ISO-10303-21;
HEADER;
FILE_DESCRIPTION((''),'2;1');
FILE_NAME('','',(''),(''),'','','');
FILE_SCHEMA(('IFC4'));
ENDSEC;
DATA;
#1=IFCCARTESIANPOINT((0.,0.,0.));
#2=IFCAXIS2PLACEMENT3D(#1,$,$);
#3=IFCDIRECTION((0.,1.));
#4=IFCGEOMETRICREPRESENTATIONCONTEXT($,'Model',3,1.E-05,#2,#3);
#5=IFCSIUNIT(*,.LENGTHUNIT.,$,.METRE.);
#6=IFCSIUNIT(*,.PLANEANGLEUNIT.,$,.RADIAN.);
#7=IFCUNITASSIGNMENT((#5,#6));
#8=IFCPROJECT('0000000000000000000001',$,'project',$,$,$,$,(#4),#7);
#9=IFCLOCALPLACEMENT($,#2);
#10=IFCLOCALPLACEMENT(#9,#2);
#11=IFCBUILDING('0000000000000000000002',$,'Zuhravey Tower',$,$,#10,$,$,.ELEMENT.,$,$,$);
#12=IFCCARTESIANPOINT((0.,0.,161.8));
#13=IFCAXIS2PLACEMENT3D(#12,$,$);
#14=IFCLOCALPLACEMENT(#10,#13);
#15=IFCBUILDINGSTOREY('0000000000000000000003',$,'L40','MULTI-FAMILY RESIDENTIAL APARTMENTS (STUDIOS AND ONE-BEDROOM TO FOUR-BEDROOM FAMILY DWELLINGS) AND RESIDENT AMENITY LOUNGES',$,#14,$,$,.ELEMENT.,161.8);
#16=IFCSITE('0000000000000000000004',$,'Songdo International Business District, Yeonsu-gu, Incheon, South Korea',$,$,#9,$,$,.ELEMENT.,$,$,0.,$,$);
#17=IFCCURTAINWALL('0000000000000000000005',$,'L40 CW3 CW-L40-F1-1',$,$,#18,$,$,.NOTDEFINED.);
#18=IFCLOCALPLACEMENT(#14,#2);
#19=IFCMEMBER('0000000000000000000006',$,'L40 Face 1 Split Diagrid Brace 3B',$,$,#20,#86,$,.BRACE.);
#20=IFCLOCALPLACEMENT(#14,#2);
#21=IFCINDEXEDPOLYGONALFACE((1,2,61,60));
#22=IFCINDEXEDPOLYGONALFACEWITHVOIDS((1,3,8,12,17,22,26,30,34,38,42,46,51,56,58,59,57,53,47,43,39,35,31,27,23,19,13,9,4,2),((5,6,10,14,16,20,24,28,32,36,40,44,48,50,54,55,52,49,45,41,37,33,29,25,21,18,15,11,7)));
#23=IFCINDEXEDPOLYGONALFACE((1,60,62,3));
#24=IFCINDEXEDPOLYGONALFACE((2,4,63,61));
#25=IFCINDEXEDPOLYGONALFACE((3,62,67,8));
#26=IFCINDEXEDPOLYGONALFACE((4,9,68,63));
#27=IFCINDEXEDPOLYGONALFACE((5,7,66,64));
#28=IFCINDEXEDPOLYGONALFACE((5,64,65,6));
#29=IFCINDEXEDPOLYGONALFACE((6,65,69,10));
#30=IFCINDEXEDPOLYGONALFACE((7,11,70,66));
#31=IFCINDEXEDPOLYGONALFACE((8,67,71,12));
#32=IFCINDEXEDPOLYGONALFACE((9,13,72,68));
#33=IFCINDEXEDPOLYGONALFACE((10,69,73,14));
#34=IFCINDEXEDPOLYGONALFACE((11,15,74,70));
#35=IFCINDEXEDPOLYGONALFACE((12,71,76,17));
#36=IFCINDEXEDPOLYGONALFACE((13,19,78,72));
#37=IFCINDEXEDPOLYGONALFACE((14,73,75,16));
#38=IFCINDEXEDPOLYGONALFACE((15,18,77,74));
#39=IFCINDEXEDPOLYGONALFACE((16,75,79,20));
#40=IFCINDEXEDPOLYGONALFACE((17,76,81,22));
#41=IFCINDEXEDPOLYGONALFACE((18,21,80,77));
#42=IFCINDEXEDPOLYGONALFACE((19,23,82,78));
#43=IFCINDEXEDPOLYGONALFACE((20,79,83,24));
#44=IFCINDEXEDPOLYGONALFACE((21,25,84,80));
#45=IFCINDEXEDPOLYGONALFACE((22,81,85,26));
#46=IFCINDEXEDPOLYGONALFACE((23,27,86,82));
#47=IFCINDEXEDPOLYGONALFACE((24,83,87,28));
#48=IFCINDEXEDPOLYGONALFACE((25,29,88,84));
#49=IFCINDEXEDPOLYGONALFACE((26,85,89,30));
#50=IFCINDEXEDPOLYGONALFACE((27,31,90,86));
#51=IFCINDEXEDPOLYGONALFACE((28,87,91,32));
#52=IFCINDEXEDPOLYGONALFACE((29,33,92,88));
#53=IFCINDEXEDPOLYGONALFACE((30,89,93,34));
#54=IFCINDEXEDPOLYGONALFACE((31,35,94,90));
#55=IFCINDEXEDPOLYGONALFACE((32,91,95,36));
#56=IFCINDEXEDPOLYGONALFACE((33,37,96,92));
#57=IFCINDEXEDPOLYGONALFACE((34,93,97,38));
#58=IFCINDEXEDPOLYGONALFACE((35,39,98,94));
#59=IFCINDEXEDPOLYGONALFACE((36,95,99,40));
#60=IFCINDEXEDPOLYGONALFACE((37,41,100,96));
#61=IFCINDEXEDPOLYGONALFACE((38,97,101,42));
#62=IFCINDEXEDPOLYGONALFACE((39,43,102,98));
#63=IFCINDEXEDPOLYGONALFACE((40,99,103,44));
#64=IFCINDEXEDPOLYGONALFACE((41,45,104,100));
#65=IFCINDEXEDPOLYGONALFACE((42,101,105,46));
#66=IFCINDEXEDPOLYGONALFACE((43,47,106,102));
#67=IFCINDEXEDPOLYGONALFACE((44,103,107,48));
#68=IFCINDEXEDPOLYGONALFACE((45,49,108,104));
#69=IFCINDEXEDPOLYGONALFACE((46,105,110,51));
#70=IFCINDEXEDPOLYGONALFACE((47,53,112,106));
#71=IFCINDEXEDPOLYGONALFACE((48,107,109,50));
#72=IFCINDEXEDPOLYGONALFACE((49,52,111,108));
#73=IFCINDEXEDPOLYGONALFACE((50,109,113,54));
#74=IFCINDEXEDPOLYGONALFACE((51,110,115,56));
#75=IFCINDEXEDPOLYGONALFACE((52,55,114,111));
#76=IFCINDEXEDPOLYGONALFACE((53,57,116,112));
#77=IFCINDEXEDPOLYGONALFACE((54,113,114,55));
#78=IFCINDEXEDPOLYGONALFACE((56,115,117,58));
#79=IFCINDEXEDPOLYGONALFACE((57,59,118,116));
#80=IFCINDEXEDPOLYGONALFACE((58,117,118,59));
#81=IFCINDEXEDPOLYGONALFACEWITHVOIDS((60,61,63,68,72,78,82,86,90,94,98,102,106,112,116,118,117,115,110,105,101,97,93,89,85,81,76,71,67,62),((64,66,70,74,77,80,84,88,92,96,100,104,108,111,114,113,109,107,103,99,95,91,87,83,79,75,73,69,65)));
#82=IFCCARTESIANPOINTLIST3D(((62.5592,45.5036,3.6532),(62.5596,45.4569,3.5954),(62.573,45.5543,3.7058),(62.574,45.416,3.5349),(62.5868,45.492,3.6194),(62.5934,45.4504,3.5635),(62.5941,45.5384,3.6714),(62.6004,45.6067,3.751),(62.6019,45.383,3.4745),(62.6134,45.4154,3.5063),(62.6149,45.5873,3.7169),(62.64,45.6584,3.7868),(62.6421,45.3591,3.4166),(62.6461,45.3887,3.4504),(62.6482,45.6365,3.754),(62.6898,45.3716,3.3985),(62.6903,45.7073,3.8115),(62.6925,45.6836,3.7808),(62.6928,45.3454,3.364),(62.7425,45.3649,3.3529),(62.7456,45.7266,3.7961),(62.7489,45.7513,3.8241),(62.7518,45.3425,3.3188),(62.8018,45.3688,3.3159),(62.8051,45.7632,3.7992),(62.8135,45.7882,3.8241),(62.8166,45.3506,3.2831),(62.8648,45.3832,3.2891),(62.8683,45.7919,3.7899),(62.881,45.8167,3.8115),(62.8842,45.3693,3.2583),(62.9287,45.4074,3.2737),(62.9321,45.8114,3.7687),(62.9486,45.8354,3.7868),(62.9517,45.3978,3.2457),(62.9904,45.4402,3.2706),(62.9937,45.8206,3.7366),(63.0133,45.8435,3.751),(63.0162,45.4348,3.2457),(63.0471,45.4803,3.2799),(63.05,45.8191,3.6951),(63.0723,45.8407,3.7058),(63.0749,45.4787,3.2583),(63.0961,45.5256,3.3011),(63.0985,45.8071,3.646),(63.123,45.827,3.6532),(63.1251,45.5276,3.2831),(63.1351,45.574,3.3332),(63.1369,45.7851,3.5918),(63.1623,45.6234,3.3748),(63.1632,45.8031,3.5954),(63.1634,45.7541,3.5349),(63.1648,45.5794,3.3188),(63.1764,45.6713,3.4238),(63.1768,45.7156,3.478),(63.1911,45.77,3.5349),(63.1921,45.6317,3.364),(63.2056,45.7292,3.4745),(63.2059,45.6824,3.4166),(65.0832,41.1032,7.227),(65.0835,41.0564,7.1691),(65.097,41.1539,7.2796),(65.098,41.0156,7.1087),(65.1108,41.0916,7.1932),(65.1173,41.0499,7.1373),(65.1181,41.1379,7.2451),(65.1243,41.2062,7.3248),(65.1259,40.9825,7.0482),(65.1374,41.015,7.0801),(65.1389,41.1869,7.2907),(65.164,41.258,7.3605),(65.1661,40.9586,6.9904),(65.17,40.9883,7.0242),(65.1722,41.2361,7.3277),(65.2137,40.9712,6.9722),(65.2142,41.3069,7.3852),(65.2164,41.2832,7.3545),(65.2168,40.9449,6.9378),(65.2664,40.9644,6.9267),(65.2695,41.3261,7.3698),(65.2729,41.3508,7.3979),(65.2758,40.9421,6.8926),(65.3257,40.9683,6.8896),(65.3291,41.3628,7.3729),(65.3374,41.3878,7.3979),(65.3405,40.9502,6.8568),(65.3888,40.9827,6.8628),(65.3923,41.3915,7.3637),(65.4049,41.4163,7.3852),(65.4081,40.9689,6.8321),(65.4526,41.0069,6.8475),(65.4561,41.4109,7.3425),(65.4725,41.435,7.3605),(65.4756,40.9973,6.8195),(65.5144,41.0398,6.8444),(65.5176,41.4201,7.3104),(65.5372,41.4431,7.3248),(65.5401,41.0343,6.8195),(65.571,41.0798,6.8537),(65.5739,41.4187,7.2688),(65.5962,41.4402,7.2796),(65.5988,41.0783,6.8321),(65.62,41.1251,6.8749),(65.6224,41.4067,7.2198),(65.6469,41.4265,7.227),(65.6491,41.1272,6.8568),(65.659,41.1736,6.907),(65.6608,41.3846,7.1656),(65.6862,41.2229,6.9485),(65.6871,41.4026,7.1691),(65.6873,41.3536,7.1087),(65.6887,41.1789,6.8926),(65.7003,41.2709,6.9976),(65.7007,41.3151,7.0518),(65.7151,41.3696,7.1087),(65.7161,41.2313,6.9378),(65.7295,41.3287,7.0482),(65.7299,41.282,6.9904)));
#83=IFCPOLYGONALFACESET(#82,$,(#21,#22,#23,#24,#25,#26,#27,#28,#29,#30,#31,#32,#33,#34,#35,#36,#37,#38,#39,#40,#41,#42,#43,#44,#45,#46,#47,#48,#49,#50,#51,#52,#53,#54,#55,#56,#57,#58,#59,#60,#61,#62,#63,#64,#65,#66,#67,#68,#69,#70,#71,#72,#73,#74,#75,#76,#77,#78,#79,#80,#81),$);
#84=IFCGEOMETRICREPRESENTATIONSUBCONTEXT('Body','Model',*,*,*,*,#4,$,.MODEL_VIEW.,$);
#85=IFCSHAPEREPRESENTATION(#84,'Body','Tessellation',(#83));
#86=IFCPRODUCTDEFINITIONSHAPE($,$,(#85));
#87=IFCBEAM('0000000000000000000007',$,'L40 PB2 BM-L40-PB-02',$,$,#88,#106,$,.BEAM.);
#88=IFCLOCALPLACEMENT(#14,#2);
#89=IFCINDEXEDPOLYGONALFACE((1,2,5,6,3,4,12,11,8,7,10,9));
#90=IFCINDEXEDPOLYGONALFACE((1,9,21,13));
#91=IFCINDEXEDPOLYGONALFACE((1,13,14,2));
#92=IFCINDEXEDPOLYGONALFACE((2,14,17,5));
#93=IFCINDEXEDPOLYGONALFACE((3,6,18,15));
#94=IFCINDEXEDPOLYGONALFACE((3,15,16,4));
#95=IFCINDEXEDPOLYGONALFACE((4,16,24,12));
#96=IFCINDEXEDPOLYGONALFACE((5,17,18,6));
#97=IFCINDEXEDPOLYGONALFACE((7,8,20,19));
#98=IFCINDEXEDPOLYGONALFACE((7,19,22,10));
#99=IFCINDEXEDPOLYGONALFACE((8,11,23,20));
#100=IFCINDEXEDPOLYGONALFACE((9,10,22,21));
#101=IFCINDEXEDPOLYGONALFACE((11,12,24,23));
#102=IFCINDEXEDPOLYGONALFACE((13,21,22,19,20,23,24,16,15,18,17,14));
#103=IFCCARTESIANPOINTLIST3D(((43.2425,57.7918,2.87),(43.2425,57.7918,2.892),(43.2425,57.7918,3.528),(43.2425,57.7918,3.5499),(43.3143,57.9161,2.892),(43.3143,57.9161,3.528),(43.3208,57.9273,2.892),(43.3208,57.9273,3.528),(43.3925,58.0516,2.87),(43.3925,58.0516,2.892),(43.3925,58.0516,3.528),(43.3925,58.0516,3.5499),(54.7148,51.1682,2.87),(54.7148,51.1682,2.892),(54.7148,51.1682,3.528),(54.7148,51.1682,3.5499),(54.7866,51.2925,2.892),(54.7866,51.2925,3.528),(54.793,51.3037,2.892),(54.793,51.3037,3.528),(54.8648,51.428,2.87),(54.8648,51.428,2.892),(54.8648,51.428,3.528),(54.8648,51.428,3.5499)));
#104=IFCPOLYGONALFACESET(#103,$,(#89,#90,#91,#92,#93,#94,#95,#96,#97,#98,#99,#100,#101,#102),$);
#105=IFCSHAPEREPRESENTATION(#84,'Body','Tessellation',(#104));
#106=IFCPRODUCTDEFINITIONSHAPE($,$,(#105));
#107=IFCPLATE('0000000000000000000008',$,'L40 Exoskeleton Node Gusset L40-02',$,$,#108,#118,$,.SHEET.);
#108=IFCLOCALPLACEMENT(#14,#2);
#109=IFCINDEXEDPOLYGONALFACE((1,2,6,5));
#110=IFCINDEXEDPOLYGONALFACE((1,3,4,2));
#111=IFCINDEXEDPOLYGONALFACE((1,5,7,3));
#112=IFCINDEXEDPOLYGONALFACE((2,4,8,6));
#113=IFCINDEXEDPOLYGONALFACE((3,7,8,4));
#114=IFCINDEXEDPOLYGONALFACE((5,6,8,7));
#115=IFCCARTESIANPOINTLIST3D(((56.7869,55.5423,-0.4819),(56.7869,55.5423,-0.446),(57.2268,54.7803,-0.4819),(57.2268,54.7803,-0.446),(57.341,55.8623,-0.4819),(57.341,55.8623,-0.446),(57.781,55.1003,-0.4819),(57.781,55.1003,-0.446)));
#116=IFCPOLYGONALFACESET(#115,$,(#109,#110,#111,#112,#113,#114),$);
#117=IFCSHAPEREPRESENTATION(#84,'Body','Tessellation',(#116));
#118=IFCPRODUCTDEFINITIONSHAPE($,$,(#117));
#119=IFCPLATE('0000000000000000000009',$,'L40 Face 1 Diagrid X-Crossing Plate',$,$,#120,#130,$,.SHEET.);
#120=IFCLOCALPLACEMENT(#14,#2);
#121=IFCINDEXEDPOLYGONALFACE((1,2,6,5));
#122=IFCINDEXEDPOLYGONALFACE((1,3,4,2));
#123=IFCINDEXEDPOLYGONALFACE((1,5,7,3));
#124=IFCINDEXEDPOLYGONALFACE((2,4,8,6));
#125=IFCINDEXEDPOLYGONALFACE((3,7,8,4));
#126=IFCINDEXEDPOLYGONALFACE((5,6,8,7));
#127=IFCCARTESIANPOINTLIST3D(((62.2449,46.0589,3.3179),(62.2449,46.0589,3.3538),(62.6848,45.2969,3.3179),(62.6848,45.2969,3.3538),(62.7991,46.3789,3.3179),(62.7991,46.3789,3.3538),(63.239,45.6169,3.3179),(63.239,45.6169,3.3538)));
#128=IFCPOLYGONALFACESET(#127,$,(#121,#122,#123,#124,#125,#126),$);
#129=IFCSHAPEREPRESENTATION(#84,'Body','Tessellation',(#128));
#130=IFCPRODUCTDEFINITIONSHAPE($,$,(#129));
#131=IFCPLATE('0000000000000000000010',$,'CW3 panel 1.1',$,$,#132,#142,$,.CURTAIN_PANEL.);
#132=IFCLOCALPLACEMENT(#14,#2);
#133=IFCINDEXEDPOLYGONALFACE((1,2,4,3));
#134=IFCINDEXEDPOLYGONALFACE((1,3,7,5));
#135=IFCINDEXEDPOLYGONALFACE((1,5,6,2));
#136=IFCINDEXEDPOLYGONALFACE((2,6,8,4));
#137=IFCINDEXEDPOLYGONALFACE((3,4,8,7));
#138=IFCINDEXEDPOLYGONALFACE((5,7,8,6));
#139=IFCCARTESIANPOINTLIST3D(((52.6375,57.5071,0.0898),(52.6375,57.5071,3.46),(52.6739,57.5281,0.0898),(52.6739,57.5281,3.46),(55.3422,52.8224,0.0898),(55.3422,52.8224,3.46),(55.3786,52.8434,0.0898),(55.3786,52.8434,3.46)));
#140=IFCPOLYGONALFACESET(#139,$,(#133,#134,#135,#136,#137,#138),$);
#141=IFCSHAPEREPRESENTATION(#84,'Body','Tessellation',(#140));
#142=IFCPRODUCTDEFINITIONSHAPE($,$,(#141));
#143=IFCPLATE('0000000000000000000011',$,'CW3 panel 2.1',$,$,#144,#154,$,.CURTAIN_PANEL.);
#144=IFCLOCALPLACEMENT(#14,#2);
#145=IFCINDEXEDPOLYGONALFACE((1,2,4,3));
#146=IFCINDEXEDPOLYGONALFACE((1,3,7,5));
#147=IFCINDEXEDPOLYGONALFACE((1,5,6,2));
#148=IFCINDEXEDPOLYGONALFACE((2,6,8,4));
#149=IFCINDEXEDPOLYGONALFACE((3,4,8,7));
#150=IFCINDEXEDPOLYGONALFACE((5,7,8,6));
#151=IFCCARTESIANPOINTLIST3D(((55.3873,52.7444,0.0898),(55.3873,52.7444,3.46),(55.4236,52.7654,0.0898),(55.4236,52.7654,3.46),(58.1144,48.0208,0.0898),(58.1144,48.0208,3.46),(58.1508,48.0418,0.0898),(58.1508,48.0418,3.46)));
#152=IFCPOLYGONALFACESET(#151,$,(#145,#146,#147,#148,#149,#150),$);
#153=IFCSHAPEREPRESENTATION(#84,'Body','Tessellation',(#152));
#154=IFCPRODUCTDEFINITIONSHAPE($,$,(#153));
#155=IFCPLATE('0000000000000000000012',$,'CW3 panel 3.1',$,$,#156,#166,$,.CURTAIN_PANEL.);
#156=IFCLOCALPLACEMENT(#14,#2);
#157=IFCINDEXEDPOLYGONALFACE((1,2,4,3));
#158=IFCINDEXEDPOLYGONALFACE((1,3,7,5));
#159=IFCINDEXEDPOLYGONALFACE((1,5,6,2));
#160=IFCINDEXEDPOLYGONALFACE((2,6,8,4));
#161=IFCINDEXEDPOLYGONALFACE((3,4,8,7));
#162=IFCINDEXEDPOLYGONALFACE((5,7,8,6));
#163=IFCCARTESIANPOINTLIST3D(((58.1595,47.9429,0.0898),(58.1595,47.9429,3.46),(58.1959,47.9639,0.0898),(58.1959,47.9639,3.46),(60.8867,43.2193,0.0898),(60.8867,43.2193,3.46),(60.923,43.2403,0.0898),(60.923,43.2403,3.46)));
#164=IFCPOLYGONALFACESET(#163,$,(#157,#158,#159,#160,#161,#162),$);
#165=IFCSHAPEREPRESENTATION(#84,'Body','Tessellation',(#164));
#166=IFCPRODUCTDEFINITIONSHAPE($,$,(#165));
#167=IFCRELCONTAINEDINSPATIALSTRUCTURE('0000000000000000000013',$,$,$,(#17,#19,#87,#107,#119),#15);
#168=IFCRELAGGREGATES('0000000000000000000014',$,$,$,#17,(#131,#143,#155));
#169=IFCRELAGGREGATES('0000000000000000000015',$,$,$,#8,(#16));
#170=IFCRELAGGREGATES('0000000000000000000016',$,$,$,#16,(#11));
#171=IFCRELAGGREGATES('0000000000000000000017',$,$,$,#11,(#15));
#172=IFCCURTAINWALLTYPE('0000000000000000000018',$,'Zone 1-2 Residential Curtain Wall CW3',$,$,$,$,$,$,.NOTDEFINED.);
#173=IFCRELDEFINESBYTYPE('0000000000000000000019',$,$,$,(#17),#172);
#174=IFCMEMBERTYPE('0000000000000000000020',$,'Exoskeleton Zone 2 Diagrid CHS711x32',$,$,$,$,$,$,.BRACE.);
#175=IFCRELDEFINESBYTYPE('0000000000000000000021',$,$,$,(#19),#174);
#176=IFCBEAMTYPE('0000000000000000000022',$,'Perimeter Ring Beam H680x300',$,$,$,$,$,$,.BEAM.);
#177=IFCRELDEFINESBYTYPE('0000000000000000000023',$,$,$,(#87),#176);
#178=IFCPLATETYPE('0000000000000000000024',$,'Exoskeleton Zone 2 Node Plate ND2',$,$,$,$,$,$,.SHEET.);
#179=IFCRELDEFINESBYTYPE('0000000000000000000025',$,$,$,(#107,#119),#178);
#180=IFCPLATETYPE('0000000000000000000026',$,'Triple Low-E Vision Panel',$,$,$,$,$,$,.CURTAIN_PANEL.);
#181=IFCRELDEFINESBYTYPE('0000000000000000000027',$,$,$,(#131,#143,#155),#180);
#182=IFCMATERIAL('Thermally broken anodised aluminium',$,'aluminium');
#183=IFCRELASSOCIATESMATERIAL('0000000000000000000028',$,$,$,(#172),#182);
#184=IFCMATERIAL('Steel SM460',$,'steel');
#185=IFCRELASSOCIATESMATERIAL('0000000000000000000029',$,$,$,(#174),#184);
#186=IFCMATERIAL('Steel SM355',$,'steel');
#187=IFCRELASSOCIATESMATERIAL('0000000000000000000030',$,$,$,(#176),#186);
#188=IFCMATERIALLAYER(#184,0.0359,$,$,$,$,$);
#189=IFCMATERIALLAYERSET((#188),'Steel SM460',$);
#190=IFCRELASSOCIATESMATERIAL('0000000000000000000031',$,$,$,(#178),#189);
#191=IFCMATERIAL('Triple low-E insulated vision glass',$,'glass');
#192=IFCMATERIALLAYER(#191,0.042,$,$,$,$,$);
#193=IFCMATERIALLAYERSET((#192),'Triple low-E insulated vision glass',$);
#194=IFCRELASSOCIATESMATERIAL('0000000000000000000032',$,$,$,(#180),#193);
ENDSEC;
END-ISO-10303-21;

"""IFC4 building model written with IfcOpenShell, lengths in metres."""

from ifc_helpers import new_model, si_unit, direction, frame, origin, origin_2d, place, context, subcontext, project, spatial, rectangle, hollow_circle, i_section, extrude, material, layer, layer_set, material_profile, profile_set, type_object, element, aggregate, save


model = new_model("IFC4")

# Units and contexts
model_context = context("Model", 3, precision=1e-05, world=origin(), true_north=direction((0.0, 1.0)))
body_context = subcontext(model_context, "Body", "Model", "MODEL_VIEW")
ifc_project = project(units=[si_unit("LENGTHUNIT", "METRE"), si_unit("PLANEANGLEUNIT", "RADIAN")], contexts=[model_context])

# Site, building, storey
site_placement = place(None, origin())
site = spatial("IfcSite", under=ifc_project, at=site_placement, Name="Songdo International Business District, Yeonsu-gu, Incheon, South Korea", CompositionType="ELEMENT", RefElevation=0.0)
building_placement = place(site_placement, origin())
building = spatial("IfcBuilding", under=site, at=building_placement, Name="Zuhravey Tower", CompositionType="ELEMENT")
storey_placement = place(building_placement, frame((0.0, 0.0, 161.8)))
storey = spatial("IfcBuildingStorey", under=building, at=storey_placement, Name="L40", Description="MULTI-FAMILY RESIDENTIAL APARTMENTS (STUDIOS AND ONE-BEDROOM TO FOUR-BEDROOM FAMILY DWELLINGS) AND RESIDENT AMENITY LOUNGES", CompositionType="ELEMENT", Elevation=161.8)

# Curtain wall
ifc_material_1 = material(Name="Thermally broken anodised aluminium", Category="aluminium")
curtain_wall_type = type_object("IfcCurtainWallType", Name="Zone 1-2 Residential Curtain Wall CW3", PredefinedType="NOTDEFINED", material=ifc_material_1)
curtain_wall_placement = place(storey_placement, origin())
curtain_wall = element("IfcCurtainWall", 1, at=curtain_wall_placement, inside=storey, type_object=curtain_wall_type, Name="L40 CW3 CW-L40-F1-1", PredefinedType="NOTDEFINED")

# Member
ifc_material_2 = material(Name="Steel SM460", Category="steel")
ifc_material_profile_1 = material_profile(ifc_material_2, hollow_circle(Radius=0.3557, WallThickness=0.032, at=origin_2d()), Name="CHS-711.2x32")
ifc_profile_set_1 = profile_set([ifc_material_profile_1], Name="Steel SM460")
member_type_1 = type_object("IfcMemberType", Name="Exoskeleton Zone 2 Diagrid CHS711x32", PredefinedType="BRACE", material=ifc_profile_set_1)
member_1_placement = place(storey_placement, frame((62.8826, 45.593, 3.5349), z_axis=(0.40674, -0.709139, 0.57592), x_axis=(0.867442, 0.497538, 0.0)))
element("IfcMember", 2, at=member_1_placement, inside=storey, type_object=member_type_1, Name="L40 Face 1 Split Diagrid Brace 3B", PredefinedType="BRACE", context=body_context, shape_type="SweptSolid", body=[
    extrude(hollow_circle(Radius=0.3557, WallThickness=0.032, at=origin_2d()), origin(), (0.0, 0.0, 1.0), 6.2053),
])

# Beam
ifc_material_3 = material(Name="Steel SM355", Category="steel")
ifc_material_profile_2 = material_profile(ifc_material_3, i_section(OverallWidth=0.3, OverallDepth=0.6799, WebThickness=0.0129, FlangeThickness=0.022, at=origin_2d()), Name="H-680x300x13x22")
ifc_profile_set_2 = profile_set([ifc_material_profile_2], Name="Steel SM355")
beam_type = type_object("IfcBeamType", Name="Perimeter Ring Beam H680x300", PredefinedType="BEAM", material=ifc_profile_set_2)
beam_placement = place(storey_placement, frame((54.7898, 51.2981, 3.21), z_axis=(-0.866023, 0.500004, 0.0), x_axis=(-0.500004, -0.866023, 0.0)))
element("IfcBeam", 3, at=beam_placement, inside=storey, type_object=beam_type, Name="L40 PB2 BM-L40-PB-02", PredefinedType="BEAM", context=body_context, shape_type="SweptSolid", body=[
    extrude(i_section(OverallWidth=0.3, OverallDepth=0.6799, WebThickness=0.0129, FlangeThickness=0.022, at=origin_2d()), origin(), (0.0, 0.0, 1.0), 13.2471),
])

# Plates
ifc_layer_1 = layer(ifc_material_2, 0.0359)
ifc_layer_set_1 = layer_set([ifc_layer_1], Name="Steel SM460")
plate_type_1 = type_object("IfcPlateType", Name="Exoskeleton Zone 2 Node Plate ND2", PredefinedType="SHEET", material=ifc_layer_set_1)
for number, where, z_axis, x_axis, name in (
    (4, (57.2839, 55.3213, -0.4819), (0.0, 0.0, 1.0), (-0.5, 0.866025, 0.0), "L40 Exoskeleton Node Gusset L40-02"),
    (5, (62.7419, 45.8379, 3.3179), (0.0, 0.0, 1.0), (-0.5, 0.866025, 0.0), "L40 Face 1 Diagrid X-Crossing Plate"),
):
    element("IfcPlate", number, at=place(storey_placement, frame(where, z_axis=z_axis, x_axis=x_axis)), inside=storey, type_object=plate_type_1, Name=name, PredefinedType="SHEET", context=body_context, shape_type="SweptSolid", body=[
        extrude(rectangle(XDim=0.8799, YDim=0.6399, at=origin_2d()), origin(), (0.0, 0.0, 1.0), 0.0359),
    ])

# Plates
ifc_material_4 = material(Name="Triple low-E insulated vision glass", Category="glass")
ifc_layer_2 = layer(ifc_material_4, 0.042)
ifc_layer_set_2 = layer_set([ifc_layer_2], Name="Triple low-E insulated vision glass")
plate_type_2 = type_object("IfcPlateType", Name="Triple Low-E Vision Panel", PredefinedType="CURTAIN_PANEL", material=ifc_layer_set_2)
plate_1_placement = place(storey_placement, frame((54.0081, 55.1753, 0.0898), z_axis=(0.0, 0.0, 1.0), x_axis=(0.5, -0.866025, 0.0)))
plate_1 = element("IfcPlate", 6, at=plate_1_placement, type_object=plate_type_2, Name="CW3 panel 1.1", PredefinedType="CURTAIN_PANEL", context=body_context, shape_type="SweptSolid", body=[
    extrude(rectangle(XDim=5.4094, YDim=0.042, at=origin_2d()), origin(), (0.0, 0.0, 1.0), 3.3701),
])
plate_2_placement = place(storey_placement, frame((56.769, 50.3931, 0.0898), z_axis=(0.0, 0.0, 1.0), x_axis=(0.5, -0.866025, 0.0)))
plate_2 = element("IfcPlate", 7, at=plate_2_placement, type_object=plate_type_2, Name="CW3 panel 2.1", PredefinedType="CURTAIN_PANEL", context=body_context, shape_type="SweptSolid", body=[
    extrude(rectangle(XDim=5.4543, YDim=0.042, at=origin_2d()), origin(), (0.0, 0.0, 1.0), 3.3701),
])
plate_3_placement = place(storey_placement, frame((59.5413, 45.5916, 0.0898), z_axis=(0.0, 0.0, 1.0), x_axis=(0.5, -0.866025, 0.0)))
plate_3 = element("IfcPlate", 8, at=plate_3_placement, type_object=plate_type_2, Name="CW3 panel 3.1", PredefinedType="CURTAIN_PANEL", context=body_context, shape_type="SweptSolid", body=[
    extrude(rectangle(XDim=5.4543, YDim=0.042, at=origin_2d()), origin(), (0.0, 0.0, 1.0), 3.3701),
])
aggregate(curtain_wall, [plate_1, plate_2, plate_3])

save(model, "model.ifc")
